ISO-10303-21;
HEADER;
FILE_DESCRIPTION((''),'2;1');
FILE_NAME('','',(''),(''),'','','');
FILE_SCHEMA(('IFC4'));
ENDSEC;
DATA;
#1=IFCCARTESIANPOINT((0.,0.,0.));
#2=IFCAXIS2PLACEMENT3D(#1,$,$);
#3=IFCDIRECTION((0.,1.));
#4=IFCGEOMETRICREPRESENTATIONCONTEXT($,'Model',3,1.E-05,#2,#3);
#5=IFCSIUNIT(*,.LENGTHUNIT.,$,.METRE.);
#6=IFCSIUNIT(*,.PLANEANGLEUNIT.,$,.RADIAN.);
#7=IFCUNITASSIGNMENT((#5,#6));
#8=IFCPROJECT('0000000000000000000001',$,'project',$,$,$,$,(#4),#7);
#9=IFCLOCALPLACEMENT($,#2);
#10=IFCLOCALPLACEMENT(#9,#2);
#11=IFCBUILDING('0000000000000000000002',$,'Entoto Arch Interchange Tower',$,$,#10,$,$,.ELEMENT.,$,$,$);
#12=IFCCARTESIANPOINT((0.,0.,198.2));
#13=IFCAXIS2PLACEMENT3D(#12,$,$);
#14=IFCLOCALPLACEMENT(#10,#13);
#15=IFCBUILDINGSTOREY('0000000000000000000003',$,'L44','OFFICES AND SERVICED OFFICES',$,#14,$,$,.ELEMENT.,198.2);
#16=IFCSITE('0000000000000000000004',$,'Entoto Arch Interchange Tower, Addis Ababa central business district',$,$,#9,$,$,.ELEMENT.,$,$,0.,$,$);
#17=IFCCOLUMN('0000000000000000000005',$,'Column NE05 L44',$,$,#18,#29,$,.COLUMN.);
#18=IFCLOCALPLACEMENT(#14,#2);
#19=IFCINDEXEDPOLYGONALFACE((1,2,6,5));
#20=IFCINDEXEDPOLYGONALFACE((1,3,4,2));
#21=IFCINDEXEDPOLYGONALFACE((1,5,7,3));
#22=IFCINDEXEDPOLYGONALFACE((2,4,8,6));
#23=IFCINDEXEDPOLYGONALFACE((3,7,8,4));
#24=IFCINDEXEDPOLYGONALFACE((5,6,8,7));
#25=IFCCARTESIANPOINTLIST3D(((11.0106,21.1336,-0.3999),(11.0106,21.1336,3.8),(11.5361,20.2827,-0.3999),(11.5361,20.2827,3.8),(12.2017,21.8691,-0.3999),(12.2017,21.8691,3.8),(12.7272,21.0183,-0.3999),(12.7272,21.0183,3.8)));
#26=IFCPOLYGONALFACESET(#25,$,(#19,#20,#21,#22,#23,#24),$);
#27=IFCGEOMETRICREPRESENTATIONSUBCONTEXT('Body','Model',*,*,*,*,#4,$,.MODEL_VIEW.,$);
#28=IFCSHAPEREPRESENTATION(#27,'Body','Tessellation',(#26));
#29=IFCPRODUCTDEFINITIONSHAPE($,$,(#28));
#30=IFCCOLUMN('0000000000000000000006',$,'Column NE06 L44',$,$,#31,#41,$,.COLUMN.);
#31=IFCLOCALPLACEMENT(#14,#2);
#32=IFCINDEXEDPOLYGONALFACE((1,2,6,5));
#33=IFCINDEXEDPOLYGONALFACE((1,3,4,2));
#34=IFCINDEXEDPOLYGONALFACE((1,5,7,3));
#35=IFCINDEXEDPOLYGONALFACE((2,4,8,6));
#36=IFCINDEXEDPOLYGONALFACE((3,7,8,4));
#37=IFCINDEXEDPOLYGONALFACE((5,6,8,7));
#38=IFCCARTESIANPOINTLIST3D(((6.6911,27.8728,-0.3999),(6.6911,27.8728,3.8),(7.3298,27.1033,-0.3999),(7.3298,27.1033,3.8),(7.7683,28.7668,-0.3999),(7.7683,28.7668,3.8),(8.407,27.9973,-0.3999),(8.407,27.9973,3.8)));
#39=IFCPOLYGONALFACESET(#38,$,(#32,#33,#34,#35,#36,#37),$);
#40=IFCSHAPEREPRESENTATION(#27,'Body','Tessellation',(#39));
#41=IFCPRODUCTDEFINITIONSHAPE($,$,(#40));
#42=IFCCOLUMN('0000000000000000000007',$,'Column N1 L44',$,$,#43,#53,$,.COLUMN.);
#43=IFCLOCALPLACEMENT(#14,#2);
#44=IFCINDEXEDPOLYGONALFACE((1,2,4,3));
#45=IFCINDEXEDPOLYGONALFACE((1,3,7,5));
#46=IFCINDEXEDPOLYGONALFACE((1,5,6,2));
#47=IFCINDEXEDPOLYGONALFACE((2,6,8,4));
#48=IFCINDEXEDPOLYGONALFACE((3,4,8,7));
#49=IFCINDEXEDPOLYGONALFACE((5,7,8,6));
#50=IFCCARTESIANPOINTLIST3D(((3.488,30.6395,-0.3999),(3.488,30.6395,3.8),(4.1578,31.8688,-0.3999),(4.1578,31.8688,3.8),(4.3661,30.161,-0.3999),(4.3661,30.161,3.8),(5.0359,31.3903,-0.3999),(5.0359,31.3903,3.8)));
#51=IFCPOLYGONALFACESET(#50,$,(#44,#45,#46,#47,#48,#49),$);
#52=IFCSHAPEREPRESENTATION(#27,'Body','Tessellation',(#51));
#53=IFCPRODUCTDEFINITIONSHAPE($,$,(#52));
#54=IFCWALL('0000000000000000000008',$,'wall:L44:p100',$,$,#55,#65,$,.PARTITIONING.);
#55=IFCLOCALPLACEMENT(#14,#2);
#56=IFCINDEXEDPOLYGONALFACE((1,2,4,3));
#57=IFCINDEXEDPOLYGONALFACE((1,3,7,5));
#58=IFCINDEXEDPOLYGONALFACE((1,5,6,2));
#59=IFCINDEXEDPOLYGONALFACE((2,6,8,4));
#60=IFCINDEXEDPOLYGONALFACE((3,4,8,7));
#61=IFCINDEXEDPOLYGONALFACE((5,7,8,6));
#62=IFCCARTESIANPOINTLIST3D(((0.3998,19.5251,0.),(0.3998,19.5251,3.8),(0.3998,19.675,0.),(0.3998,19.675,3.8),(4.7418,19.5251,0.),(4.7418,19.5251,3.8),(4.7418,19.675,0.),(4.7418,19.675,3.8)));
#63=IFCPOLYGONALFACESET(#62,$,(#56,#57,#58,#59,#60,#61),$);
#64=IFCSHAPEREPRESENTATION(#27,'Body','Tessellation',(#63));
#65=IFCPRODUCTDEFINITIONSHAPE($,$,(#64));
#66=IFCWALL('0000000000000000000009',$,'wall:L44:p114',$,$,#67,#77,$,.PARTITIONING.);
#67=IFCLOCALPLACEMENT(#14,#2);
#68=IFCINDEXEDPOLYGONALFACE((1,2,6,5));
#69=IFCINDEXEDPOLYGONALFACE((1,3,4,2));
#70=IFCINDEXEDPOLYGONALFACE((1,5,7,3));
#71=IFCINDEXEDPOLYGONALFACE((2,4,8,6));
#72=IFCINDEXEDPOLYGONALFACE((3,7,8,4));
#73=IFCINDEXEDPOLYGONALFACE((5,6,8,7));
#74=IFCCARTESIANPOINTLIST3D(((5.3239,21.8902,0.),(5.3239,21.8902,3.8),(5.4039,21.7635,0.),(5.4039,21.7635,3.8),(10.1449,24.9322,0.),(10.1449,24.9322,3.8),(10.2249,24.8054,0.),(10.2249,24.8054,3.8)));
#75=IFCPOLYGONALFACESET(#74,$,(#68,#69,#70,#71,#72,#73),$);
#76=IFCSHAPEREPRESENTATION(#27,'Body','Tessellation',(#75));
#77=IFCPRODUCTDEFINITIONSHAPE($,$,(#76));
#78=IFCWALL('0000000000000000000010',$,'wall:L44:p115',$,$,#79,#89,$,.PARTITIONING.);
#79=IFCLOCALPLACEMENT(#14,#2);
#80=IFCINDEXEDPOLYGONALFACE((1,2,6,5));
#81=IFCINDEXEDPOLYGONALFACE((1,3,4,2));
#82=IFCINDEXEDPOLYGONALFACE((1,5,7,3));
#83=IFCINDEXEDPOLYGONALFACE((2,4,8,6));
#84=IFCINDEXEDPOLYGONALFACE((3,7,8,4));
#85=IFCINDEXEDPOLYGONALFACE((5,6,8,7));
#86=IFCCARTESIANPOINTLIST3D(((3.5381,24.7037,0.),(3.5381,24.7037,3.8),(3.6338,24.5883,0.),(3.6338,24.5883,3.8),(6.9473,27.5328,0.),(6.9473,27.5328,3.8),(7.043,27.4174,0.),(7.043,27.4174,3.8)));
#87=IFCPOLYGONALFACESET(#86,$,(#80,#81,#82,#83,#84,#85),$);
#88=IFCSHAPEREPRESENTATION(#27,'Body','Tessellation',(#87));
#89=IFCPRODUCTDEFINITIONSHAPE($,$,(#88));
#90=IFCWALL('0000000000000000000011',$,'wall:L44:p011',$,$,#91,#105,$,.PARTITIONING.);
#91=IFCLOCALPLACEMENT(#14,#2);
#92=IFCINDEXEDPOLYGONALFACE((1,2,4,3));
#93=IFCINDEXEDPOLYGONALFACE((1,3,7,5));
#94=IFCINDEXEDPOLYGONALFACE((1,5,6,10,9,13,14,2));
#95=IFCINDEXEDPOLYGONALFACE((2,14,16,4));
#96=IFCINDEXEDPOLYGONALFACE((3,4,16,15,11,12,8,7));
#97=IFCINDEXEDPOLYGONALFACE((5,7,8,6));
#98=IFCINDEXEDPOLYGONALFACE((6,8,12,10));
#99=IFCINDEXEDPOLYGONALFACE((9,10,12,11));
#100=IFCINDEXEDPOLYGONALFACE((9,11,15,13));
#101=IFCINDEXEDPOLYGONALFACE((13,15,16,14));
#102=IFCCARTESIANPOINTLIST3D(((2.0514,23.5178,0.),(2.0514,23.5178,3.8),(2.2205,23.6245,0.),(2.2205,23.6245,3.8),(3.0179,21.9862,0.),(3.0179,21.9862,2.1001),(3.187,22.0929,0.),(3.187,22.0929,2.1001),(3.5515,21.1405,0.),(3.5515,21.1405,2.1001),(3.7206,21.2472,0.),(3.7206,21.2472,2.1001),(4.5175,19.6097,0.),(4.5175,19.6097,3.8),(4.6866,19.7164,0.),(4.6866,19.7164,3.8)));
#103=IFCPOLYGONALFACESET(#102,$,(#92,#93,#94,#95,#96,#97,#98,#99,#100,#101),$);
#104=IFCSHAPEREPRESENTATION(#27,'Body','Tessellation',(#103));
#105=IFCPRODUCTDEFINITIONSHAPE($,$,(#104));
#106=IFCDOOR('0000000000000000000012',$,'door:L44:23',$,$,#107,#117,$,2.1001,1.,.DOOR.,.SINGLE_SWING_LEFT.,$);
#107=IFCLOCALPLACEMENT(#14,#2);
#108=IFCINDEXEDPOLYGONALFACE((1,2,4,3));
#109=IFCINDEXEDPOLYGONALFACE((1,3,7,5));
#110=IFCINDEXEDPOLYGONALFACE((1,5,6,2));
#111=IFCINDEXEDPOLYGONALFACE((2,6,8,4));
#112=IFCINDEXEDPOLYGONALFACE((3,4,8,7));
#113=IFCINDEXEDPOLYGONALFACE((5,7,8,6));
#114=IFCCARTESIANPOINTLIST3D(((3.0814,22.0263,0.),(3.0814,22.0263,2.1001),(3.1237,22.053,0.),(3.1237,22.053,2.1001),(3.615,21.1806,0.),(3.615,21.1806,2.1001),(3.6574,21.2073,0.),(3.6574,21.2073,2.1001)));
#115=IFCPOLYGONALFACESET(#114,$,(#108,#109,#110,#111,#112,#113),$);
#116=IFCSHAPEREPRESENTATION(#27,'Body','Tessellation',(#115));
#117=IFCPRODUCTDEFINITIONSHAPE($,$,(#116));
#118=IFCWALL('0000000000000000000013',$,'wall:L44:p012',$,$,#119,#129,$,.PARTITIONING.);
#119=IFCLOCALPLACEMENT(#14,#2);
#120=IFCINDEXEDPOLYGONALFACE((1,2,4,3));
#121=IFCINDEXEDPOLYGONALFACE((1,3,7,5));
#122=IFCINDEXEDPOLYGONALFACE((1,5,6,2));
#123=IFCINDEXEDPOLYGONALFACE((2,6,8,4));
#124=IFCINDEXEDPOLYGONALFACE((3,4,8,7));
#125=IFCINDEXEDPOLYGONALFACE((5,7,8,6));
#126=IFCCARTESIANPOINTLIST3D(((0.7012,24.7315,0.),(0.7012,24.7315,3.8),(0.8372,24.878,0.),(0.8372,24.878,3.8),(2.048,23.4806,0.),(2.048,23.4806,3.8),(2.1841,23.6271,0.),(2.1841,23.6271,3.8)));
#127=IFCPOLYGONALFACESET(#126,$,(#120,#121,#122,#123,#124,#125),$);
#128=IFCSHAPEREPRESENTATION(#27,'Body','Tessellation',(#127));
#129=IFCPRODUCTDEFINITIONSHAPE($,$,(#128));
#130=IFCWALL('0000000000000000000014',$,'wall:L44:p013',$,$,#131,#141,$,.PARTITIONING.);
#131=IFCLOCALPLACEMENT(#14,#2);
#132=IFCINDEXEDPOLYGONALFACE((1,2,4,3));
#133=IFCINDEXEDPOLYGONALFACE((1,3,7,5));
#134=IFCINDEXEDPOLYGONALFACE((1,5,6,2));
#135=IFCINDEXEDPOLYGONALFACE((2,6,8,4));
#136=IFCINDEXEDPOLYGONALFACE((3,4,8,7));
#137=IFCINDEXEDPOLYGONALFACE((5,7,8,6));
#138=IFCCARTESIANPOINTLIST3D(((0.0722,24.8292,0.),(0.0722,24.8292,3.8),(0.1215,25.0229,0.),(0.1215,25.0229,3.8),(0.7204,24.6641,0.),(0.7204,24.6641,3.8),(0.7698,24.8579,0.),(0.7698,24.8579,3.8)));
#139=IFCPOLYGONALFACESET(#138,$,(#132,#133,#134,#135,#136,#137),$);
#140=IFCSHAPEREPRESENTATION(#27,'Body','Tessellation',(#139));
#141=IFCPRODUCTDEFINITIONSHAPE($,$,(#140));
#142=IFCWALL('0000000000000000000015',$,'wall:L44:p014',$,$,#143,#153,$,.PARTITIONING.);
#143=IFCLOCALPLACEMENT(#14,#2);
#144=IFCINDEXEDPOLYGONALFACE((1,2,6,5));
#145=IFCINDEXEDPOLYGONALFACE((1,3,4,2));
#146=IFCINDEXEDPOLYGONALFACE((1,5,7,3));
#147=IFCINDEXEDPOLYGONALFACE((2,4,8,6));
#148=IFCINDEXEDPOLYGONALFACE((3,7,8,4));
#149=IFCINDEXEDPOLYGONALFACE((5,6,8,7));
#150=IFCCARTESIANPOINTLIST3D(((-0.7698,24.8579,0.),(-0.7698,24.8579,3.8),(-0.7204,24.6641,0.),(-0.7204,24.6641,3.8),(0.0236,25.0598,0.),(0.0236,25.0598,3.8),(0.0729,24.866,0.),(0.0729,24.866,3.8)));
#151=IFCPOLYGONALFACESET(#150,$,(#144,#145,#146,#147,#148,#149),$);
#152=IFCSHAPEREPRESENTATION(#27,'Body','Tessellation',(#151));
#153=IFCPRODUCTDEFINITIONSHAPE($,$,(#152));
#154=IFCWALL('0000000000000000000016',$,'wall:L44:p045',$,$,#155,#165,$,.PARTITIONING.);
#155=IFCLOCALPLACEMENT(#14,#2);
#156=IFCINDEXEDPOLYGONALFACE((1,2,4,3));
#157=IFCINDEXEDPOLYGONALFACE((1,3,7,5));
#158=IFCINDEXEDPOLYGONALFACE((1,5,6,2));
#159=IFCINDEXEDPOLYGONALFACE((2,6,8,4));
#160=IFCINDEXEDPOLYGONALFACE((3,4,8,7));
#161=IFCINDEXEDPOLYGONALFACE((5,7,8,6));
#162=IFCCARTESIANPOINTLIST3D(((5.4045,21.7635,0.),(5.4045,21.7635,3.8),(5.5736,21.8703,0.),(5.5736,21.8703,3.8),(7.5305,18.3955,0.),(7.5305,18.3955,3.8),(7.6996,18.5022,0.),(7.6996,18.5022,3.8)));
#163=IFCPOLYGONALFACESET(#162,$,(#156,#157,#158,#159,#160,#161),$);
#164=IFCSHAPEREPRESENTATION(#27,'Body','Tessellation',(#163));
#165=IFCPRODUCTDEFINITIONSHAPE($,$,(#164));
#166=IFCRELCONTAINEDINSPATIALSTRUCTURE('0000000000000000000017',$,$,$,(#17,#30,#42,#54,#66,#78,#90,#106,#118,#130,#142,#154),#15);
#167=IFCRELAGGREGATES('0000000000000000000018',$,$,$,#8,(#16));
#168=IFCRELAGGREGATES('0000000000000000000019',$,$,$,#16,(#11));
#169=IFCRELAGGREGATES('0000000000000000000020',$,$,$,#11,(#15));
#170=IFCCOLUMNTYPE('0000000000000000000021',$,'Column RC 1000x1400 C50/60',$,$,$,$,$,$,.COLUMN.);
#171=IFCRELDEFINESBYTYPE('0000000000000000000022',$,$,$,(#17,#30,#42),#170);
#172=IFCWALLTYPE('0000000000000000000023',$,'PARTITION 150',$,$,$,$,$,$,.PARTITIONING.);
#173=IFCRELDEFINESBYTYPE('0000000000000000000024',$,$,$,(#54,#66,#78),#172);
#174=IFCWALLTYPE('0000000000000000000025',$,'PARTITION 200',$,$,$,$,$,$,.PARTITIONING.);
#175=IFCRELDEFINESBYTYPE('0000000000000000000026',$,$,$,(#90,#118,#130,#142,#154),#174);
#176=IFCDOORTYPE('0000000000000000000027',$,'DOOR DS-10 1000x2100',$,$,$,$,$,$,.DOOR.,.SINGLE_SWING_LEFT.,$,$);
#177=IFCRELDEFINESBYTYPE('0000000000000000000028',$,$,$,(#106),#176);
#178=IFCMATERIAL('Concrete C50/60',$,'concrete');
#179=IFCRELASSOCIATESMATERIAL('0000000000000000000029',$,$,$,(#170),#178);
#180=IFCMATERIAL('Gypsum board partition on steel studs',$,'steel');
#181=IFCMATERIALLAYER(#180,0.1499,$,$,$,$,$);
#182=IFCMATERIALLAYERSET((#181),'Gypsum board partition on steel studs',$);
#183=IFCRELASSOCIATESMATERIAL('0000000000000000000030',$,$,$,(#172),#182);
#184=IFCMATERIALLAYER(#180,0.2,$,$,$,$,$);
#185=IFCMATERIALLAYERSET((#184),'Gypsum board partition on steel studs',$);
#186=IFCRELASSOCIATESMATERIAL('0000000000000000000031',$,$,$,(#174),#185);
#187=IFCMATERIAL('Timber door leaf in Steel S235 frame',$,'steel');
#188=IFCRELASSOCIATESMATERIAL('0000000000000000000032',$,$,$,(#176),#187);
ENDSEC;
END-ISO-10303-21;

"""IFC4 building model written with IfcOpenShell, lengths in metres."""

from ifc_helpers import new_model, si_unit, direction, frame, frame_2d, origin, origin_2d, place, context, subcontext, project, spatial, rectangle, extrude, material, layer, layer_set, material_profile, profile_set, type_object, element, fill, save


model = new_model("IFC4")

# Units and contexts
model_context = context("Model", 3, precision=1e-05, world=origin(), true_north=direction((0.0, 1.0)))
body_context = subcontext(model_context, "Body", "Model", "MODEL_VIEW")
ifc_project = project(units=[si_unit("LENGTHUNIT", "METRE"), si_unit("PLANEANGLEUNIT", "RADIAN")], contexts=[model_context])

# Site, building, storey
site_placement = place(None, origin())
site = spatial("IfcSite", under=ifc_project, at=site_placement, Name="Entoto Arch Interchange Tower, Addis Ababa central business district", CompositionType="ELEMENT", RefElevation=0.0)
building_placement = place(site_placement, origin())
building = spatial("IfcBuilding", under=site, at=building_placement, Name="Entoto Arch Interchange Tower", CompositionType="ELEMENT")
storey_placement = place(building_placement, frame((0.0, 0.0, 198.2)))
storey = spatial("IfcBuildingStorey", under=building, at=storey_placement, Name="L44", Description="OFFICES AND SERVICED OFFICES", CompositionType="ELEMENT", Elevation=198.2)

# Columns
ifc_material_1 = material(Name="Concrete C50/60", Category="concrete")
ifc_material_profile = material_profile(ifc_material_1, rectangle(XDim=1.0, YDim=1.3999, at=origin_2d()))
ifc_profile_set = profile_set([ifc_material_profile], Name="Concrete C50/60")
column_type = type_object("IfcColumnType", Name="Column RC 1000x1400 C50/60", PredefinedType="COLUMN", material=ifc_profile_set)
for number, where, z_axis, x_axis, name in (
    (1, (11.8689, 21.0759, -0.3999), (0.0, 0.0, 1.0), (-0.525427, 0.850839, 0.0), "Column NE05 L44"),
    (2, (7.5491, 27.9351, -0.3999), (0.0, 0.0, 1.0), (-0.63866, 0.769489, 0.0), "Column NE06 L44"),
    (3, (4.262, 31.0149, -0.3999), (0.0, 0.0, 1.0), (-0.8781, 0.478477, 0.0), "Column N1 L44"),
):
    element("IfcColumn", number, at=place(storey_placement, frame(where, z_axis=z_axis, x_axis=x_axis)), inside=storey, type_object=column_type, Name=name, PredefinedType="COLUMN", context=body_context, shape_type="SweptSolid", body=[
        extrude(rectangle(XDim=1.0, YDim=1.3999, at=origin_2d()), origin(), (0.0, 0.0, 1.0), 4.2),
    ])

# Walls
ifc_material_2 = material(Name="Gypsum board partition on steel studs", Category="steel")
ifc_layer_1 = layer(ifc_material_2, 0.1499)
ifc_layer_set_1 = layer_set([ifc_layer_1], Name="Gypsum board partition on steel studs")
wall_type_1 = type_object("IfcWallType", Name="PARTITION 150", PredefinedType="PARTITIONING", material=ifc_layer_set_1)
wall_1_placement = place(storey_placement, frame((0.3999, 19.6001, 0.0), z_axis=(0.0, 0.0, 1.0), x_axis=(1.0, 0.0, 0.0)))
element("IfcWall", 4, at=wall_1_placement, inside=storey, type_object=wall_type_1, Name="wall:L44:p100", PredefinedType="PARTITIONING", context=body_context, shape_type="SweptSolid", body=[
    extrude(rectangle(XDim=4.342, YDim=0.1499, at=frame_2d((2.1709, 0.0))), origin(), (0.0, 0.0, 1.0), 3.8),
])
wall_2_placement = place(storey_placement, frame((5.364, 21.8269, 0.0), z_axis=(0.0, 0.0, 1.0), x_axis=(0.845717, 0.533632, 0.0)))
element("IfcWall", 5, at=wall_2_placement, inside=storey, type_object=wall_type_1, Name="wall:L44:p114", PredefinedType="PARTITIONING", context=body_context, shape_type="SweptSolid", body=[
    extrude(rectangle(XDim=5.7004, YDim=0.1499, at=frame_2d((2.8501, 0.0))), origin(), (0.0, 0.0, 1.0), 3.8),
])
wall_3_placement = place(storey_placement, frame((3.5859, 24.646, 0.0), z_axis=(0.0, 0.0, 1.0), x_axis=(0.769539, 0.6386, 0.0)))
element("IfcWall", 6, at=wall_3_placement, inside=storey, type_object=wall_type_1, Name="wall:L44:p115", PredefinedType="PARTITIONING", context=body_context, shape_type="SweptSolid", body=[
    extrude(rectangle(XDim=4.4302, YDim=0.1499, at=frame_2d((2.2151, 0.0))), origin(), (0.0, 0.0, 1.0), 3.8),
])

# Wall, opening, door
ifc_layer_2 = layer(ifc_material_2, 0.2)
ifc_layer_set_2 = layer_set([ifc_layer_2], Name="Gypsum board partition on steel studs")
wall_type_2 = type_object("IfcWallType", Name="PARTITION 200", PredefinedType="PARTITIONING", material=ifc_layer_set_2)
wall_4_placement = place(storey_placement, frame((4.6021, 19.6631, 0.0), z_axis=(0.0, 0.0, 1.0), x_axis=(-0.533665, 0.845696, 0.0)))
wall_4 = element("IfcWall", 7, at=wall_4_placement, inside=storey, type_object=wall_type_2, Name="wall:L44:p011", PredefinedType="PARTITIONING", context=body_context, shape_type="SweptSolid", body=[
    extrude(rectangle(XDim=4.6211, YDim=0.2, at=frame_2d((2.3105, 0.0))), origin(), (0.0, 0.0, 1.0), 3.8),
])
opening_1_placement = place(wall_4_placement, frame((1.8101, 0.0, 0.0)))
opening_1 = element("IfcOpeningElement", 8, at=opening_1_placement, cuts=wall_4, PredefinedType="OPENING", context=body_context, shape_type="SweptSolid", body=[
    extrude(rectangle(XDim=1.0, YDim=2.1001, at=frame_2d((0.5, 1.05))), frame((0.0, 0.1099, 0.0), z_axis=(0.0, -1.0, 0.0), x_axis=(1.0, 0.0, 0.0)), (0.0, 0.0, 1.0), 0.22),
])
ifc_material_3 = material(Name="Timber door leaf in Steel S235 frame", Category="steel")
door_type = type_object("IfcDoorType", Name="DOOR DS-10 1000x2100", OperationType="SINGLE_SWING_LEFT", PredefinedType="DOOR", material=ifc_material_3)
door_1_placement = place(opening_1_placement, origin())
door_1 = element("IfcDoor", 9, at=door_1_placement, inside=storey, type_object=door_type, Name="door:L44:23", OperationType="SINGLE_SWING_LEFT", OverallHeight=2.1001, OverallWidth=1.0, PredefinedType="DOOR", context=body_context, shape_type="SweptSolid", body=[
    extrude(rectangle(XDim=1.0, YDim=2.1001, at=frame_2d((0.5, 1.05))), frame((0.0, 0.0249, 0.0), z_axis=(0.0, -1.0, 0.0), x_axis=(1.0, 0.0, 0.0)), (0.0, 0.0, 1.0), 0.05),
])
fill(opening_1, door_1)

# Walls
wall_5_placement = place(storey_placement, frame((2.116, 23.554, 0.0), z_axis=(0.0, 0.0, 1.0), x_axis=(-0.732723, 0.680528, 0.0)))
element("IfcWall", 10, at=wall_5_placement, inside=storey, type_object=wall_type_2, Name="wall:L44:p012", PredefinedType="PARTITIONING", context=body_context, shape_type="SweptSolid", body=[
    extrude(rectangle(XDim=1.8381, YDim=0.2, at=frame_2d((0.9189, 0.0))), origin(), (0.0, 0.0, 1.0), 3.8),
])
wall_6_placement = place(storey_placement, frame((0.7451, 24.761, 0.0), z_axis=(0.0, 0.0, 1.0), x_axis=(-0.969081, 0.246742, 0.0)))
element("IfcWall", 11, at=wall_6_placement, inside=storey, type_object=wall_type_2, Name="wall:L44:p013", PredefinedType="PARTITIONING", context=body_context, shape_type="SweptSolid", body=[
    extrude(rectangle(XDim=0.6689, YDim=0.2, at=frame_2d((0.3345, 0.0))), origin(), (0.0, 0.0, 1.0), 3.8),
])
wall_7_placement = place(storey_placement, frame((0.0481, 24.9629, 0.0), z_axis=(0.0, 0.0, 1.0), x_axis=(-0.969098, -0.246674, 0.0)))
element("IfcWall", 12, at=wall_7_placement, inside=storey, type_object=wall_type_2, Name="wall:L44:p014", PredefinedType="PARTITIONING", context=body_context, shape_type="SweptSolid", body=[
    extrude(rectangle(XDim=0.8186, YDim=0.2, at=frame_2d((0.4092, 0.0))), origin(), (0.0, 0.0, 1.0), 3.8),
])
wall_8_placement = place(storey_placement, frame((5.489, 21.8169, 0.0), z_axis=(0.0, 0.0, 1.0), x_axis=(0.53379, -0.845617, 0.0)))
element("IfcWall", 13, at=wall_8_placement, inside=storey, type_object=wall_type_2, Name="wall:L44:p045", PredefinedType="PARTITIONING", context=body_context, shape_type="SweptSolid", body=[
    extrude(rectangle(XDim=3.9829, YDim=0.2, at=frame_2d((1.9915, 0.0))), origin(), (0.0, 0.0, 1.0), 3.8),
])

save(model, "model.ifc")
